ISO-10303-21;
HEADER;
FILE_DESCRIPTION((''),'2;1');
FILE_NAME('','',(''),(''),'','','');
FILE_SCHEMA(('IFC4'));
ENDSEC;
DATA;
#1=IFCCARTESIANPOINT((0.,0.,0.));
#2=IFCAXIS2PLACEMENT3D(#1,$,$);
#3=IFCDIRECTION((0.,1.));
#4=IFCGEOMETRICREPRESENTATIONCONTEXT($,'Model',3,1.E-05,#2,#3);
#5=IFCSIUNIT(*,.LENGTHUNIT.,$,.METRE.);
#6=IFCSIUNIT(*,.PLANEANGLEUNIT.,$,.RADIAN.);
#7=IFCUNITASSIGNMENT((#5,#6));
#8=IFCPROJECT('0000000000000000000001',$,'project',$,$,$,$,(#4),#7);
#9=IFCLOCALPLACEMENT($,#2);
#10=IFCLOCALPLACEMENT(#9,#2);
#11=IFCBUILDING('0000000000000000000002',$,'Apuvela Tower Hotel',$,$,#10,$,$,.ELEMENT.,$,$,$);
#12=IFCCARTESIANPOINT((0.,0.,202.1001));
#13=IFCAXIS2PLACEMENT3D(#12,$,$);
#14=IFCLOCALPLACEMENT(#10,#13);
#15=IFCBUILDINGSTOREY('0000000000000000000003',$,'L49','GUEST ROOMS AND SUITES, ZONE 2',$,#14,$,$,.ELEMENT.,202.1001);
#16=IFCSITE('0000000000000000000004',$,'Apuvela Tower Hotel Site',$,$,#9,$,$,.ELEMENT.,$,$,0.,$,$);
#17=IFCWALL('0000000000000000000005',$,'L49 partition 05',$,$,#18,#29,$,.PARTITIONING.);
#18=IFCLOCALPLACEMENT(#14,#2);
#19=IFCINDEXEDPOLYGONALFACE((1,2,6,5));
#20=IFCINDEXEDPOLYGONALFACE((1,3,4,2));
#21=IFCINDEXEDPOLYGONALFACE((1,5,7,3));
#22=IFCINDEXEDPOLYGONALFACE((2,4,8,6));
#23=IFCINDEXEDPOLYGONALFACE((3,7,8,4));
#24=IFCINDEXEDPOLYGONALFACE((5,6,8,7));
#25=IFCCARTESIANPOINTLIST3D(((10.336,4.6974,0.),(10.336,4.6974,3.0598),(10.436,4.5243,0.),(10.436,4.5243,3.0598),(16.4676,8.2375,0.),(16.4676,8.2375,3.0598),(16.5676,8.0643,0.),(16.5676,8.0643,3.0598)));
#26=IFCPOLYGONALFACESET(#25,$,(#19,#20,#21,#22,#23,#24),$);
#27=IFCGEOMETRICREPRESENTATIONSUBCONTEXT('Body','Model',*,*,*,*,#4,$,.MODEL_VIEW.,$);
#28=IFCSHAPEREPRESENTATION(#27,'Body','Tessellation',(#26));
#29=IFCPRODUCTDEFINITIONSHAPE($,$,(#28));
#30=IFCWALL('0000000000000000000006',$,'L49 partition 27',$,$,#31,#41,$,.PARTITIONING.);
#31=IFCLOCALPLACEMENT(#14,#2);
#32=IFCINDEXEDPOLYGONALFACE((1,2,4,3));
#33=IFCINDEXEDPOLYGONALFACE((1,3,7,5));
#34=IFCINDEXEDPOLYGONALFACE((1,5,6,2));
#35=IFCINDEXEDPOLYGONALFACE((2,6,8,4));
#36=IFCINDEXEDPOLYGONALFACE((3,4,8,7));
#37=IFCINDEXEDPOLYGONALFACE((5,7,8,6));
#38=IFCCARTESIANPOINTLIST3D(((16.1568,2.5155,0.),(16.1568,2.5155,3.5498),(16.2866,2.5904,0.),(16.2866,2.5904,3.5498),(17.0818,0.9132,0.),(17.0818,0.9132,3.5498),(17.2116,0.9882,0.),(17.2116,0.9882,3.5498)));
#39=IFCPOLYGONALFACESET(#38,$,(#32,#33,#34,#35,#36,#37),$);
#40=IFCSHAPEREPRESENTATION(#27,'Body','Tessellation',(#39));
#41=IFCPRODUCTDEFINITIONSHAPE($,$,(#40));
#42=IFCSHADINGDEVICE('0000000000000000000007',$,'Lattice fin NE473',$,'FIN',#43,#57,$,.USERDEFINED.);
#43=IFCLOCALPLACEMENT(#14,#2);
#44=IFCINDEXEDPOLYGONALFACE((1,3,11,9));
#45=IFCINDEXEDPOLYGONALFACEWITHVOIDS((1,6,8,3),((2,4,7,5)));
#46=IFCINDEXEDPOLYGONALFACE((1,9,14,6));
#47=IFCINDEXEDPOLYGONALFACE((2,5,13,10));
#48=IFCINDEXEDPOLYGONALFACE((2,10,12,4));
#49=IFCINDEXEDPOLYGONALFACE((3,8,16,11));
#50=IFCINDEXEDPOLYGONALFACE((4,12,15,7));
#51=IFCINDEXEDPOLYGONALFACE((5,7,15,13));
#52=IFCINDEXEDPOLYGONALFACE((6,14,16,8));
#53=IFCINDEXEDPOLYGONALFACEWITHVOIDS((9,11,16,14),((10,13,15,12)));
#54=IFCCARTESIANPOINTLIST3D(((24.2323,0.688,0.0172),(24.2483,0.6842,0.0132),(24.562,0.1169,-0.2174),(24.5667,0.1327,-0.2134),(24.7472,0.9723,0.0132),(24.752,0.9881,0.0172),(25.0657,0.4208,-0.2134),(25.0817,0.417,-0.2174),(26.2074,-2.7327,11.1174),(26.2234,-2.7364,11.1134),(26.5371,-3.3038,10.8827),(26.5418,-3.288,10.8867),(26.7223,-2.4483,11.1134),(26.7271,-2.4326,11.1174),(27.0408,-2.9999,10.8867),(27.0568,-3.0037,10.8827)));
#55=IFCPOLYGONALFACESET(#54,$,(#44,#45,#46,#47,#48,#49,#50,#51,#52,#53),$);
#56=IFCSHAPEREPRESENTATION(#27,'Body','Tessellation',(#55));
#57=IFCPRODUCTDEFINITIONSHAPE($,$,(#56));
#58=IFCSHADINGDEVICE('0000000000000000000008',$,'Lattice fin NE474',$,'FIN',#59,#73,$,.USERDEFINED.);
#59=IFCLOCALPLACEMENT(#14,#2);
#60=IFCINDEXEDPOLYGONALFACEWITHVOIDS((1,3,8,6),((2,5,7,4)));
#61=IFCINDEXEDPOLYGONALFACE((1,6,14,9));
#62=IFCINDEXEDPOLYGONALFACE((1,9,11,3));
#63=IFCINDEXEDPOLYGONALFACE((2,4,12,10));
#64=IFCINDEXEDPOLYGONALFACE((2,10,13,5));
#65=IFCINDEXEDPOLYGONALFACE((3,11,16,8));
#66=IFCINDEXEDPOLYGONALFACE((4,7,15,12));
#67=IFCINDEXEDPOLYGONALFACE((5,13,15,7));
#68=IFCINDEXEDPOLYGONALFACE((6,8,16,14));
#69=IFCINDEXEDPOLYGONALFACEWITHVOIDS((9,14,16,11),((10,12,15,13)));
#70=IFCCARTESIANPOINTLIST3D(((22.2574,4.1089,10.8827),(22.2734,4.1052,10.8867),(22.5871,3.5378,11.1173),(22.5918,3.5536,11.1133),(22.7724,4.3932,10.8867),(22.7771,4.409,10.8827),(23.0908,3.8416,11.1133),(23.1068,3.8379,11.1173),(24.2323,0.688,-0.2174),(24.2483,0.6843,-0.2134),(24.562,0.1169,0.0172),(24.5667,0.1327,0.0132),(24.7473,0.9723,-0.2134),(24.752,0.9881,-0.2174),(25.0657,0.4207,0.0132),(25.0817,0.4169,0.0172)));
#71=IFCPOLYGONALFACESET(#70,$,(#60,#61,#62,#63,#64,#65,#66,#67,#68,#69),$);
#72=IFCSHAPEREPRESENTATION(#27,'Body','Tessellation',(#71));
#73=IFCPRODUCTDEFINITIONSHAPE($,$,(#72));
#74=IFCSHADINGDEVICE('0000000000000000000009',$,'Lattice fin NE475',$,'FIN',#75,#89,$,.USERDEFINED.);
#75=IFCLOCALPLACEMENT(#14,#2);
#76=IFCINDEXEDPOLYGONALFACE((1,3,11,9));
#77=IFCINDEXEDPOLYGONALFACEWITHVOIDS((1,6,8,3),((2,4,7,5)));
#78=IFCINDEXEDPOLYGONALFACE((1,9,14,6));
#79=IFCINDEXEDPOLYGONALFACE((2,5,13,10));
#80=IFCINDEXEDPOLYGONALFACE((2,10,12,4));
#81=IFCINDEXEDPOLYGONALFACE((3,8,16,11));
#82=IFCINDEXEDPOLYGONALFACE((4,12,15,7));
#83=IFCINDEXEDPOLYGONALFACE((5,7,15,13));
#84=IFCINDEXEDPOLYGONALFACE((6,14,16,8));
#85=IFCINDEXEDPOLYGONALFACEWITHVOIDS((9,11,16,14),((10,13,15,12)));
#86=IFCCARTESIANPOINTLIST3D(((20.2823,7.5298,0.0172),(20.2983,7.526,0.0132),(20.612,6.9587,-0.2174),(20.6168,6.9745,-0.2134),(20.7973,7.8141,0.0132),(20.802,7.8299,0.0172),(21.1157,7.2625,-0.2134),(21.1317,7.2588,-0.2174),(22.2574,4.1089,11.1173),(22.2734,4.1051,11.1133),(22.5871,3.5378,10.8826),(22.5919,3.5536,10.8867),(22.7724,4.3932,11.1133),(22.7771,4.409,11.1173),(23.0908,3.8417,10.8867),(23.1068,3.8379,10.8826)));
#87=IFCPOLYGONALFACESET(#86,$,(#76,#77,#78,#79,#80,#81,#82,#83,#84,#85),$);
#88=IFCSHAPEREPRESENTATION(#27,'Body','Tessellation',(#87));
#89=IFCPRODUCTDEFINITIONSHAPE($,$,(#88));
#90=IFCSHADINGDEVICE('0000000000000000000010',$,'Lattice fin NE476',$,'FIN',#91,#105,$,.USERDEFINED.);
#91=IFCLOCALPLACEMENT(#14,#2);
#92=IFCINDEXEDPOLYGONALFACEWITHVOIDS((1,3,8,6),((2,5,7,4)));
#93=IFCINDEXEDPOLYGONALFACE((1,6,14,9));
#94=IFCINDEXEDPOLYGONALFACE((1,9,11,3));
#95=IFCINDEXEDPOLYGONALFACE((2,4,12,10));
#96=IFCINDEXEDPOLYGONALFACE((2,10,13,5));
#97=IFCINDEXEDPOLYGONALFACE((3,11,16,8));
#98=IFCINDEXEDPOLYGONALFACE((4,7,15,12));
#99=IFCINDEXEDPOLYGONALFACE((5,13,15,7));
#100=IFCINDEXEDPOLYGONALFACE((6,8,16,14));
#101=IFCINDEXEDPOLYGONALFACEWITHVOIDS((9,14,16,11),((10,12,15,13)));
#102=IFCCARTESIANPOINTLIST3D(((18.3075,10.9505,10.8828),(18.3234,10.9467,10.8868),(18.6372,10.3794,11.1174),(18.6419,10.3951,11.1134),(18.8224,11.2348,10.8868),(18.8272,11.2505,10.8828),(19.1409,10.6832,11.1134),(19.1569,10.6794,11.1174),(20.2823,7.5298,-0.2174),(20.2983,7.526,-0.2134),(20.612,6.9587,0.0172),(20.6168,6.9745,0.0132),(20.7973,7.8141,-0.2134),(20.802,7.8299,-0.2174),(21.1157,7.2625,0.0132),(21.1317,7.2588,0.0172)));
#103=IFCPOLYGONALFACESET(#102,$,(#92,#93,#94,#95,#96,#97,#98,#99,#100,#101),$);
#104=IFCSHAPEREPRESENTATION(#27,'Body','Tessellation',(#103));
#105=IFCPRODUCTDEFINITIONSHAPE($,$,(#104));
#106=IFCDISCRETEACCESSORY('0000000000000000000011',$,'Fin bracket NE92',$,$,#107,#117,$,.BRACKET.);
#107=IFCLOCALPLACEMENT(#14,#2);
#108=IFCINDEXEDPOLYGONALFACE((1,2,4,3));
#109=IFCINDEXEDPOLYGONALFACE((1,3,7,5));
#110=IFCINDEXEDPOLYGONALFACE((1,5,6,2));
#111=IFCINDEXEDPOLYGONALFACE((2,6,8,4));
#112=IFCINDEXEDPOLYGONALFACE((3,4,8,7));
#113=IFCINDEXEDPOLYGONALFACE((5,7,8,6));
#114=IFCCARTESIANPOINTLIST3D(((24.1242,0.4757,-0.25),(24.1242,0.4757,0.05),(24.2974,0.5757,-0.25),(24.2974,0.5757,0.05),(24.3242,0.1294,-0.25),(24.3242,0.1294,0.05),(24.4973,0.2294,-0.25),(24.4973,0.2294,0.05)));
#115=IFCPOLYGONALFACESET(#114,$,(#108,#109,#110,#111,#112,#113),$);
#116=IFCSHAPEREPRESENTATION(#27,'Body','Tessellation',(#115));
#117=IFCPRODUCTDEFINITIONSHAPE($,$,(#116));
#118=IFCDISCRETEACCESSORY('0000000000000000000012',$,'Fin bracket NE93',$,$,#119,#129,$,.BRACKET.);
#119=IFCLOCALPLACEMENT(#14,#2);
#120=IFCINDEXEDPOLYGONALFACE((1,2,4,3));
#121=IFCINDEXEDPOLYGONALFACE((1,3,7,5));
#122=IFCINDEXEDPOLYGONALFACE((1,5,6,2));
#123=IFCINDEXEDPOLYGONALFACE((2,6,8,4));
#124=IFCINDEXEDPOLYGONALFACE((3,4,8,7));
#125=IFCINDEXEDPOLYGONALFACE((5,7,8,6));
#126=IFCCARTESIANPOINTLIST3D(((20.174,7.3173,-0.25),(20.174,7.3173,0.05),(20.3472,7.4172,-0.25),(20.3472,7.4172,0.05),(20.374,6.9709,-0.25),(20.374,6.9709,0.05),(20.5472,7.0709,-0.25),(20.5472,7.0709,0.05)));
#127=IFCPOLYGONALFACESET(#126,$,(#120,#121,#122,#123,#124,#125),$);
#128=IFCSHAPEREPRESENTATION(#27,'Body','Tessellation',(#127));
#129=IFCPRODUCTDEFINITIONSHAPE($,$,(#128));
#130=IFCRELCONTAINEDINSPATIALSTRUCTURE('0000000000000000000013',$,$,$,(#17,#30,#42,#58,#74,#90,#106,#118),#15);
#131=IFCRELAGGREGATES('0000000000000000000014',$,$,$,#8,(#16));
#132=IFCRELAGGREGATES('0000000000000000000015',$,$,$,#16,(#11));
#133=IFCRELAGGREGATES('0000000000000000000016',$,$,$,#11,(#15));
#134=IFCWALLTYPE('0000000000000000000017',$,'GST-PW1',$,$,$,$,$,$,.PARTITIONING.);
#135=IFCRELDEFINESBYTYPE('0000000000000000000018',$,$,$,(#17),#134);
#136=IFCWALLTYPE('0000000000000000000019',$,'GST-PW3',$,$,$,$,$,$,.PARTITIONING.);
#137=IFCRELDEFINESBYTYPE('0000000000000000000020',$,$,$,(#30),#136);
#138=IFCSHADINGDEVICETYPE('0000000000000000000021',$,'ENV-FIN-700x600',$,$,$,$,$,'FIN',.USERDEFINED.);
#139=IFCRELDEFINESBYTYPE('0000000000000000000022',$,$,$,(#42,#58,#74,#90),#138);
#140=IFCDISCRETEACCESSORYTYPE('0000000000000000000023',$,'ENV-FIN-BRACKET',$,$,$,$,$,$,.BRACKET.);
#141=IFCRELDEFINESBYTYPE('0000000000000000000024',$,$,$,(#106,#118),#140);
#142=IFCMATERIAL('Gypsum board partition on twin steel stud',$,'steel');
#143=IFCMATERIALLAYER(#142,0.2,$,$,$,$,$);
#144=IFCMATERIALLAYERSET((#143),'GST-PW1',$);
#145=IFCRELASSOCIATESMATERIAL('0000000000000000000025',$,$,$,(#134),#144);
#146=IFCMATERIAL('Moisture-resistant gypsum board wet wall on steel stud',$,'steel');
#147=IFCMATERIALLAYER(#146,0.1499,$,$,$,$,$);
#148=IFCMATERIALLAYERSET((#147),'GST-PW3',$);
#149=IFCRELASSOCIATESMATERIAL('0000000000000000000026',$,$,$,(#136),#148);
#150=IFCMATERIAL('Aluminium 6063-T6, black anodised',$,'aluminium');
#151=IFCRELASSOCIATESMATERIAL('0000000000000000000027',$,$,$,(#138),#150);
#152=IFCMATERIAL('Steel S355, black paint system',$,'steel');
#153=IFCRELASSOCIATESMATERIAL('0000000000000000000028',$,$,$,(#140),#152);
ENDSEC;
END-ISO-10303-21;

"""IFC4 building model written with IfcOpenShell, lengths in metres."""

from ifc_helpers import new_model, si_unit, direction, frame, frame_2d, origin, origin_2d, place, context, subcontext, project, spatial, rectangle, hollow_rectangle, extrude, material, layer, layer_set, material_profile, profile_set, type_object, element, save


model = new_model("IFC4")

# Units and contexts
model_context = context("Model", 3, precision=1e-05, world=origin(), true_north=direction((0.0, 1.0)))
body_context = subcontext(model_context, "Body", "Model", "MODEL_VIEW")
ifc_project = project(units=[si_unit("LENGTHUNIT", "METRE"), si_unit("PLANEANGLEUNIT", "RADIAN")], contexts=[model_context])

# Site, building, storey
site_placement = place(None, origin())
site = spatial("IfcSite", under=ifc_project, at=site_placement, Name="Apuvela Tower Hotel Site", CompositionType="ELEMENT", RefElevation=0.0)
building_placement = place(site_placement, origin())
building = spatial("IfcBuilding", under=site, at=building_placement, Name="Apuvela Tower Hotel", CompositionType="ELEMENT")
storey_placement = place(building_placement, frame((0.0, 0.0, 202.1001)))
storey = spatial("IfcBuildingStorey", under=building, at=storey_placement, Name="L49", Description="GUEST ROOMS AND SUITES, ZONE 2", CompositionType="ELEMENT", Elevation=202.1001)

# Walls
ifc_material_1 = material(Name="Gypsum board partition on twin steel stud", Category="steel")
ifc_layer_1 = layer(ifc_material_1, 0.2)
ifc_layer_set_1 = layer_set([ifc_layer_1], Name="GST-PW1")
wall_type_1 = type_object("IfcWallType", Name="GST-PW1", PredefinedType="PARTITIONING", material=ifc_layer_set_1)
wall_1_placement = place(storey_placement, frame((16.5176, 8.1509, 0.0), z_axis=(0.0, 0.0, 1.0), x_axis=(-0.866028, -0.499996, 0.0)))
element("IfcWall", 1, at=wall_1_placement, inside=storey, type_object=wall_type_1, Name="L49 partition 05", PredefinedType="PARTITIONING", context=body_context, shape_type="SweptSolid", body=[
    extrude(rectangle(XDim=7.0801, YDim=0.2, at=frame_2d((3.54, 0.0))), origin(), (0.0, 0.0, 1.0), 3.0598),
])
ifc_material_2 = material(Name="Moisture-resistant gypsum board wet wall on steel stud", Category="steel")
ifc_layer_2 = layer(ifc_material_2, 0.1499)
ifc_layer_set_2 = layer_set([ifc_layer_2], Name="GST-PW3")
wall_type_2 = type_object("IfcWallType", Name="GST-PW3", PredefinedType="PARTITIONING", material=ifc_layer_set_2)
wall_2_placement = place(storey_placement, frame((17.1467, 0.9507, 0.0), z_axis=(0.0, 0.0, 1.0), x_axis=(-0.499985, 0.866034, 0.0)))
element("IfcWall", 2, at=wall_2_placement, inside=storey, type_object=wall_type_2, Name="L49 partition 27", PredefinedType="PARTITIONING", context=body_context, shape_type="SweptSolid", body=[
    extrude(rectangle(XDim=1.8501, YDim=0.1499, at=frame_2d((0.925, 0.0))), origin(), (0.0, 0.0, 1.0), 3.5498),
])

# Shading devices
ifc_material_3 = material(Name="Aluminium 6063-T6, black anodised", Category="aluminium")
ifc_material_profile_1 = material_profile(ifc_material_3, hollow_rectangle(XDim=0.6001, YDim=0.7, WallThickness=0.012, at=origin_2d()), Name="AL BOX 700x600x12")
ifc_profile_set_1 = profile_set([ifc_material_profile_1], Name="Aluminium 6063-T6, black anodised")
shading_device_type = type_object("IfcShadingDeviceType", Name="ENV-FIN-700x600", ElementType="FIN", PredefinedType="USERDEFINED", material=ifc_profile_set_1)
for number, where, z_axis, x_axis, name in (
    (3, (24.657, 0.5525, -0.1001), (0.167638, -0.29033, 0.942128), (0.866005, 0.500035, 0.0), "Lattice fin NE473"),
    (4, (24.657, 0.5525, -0.1001), (-0.167617, 0.29035, 0.942126), (-0.866048, -0.499961, 0.0), "Lattice fin NE474"),
    (5, (20.707, 7.3943, -0.1001), (0.167637, -0.290349, 0.942123), (0.866021, 0.500008, 0.0), "Lattice fin NE475"),
    (6, (20.707, 7.3943, -0.1001), (-0.167618, 0.290331, 0.942132), (-0.866032, -0.499988, 0.0), "Lattice fin NE476"),
):
    element("IfcShadingDevice", number, at=place(storey_placement, frame(where, z_axis=z_axis, x_axis=x_axis)), inside=storey, type_object=shading_device_type, Name=name, ObjectType="FIN", PredefinedType="USERDEFINED", context=body_context, shape_type="SweptSolid", body=[
        extrude(hollow_rectangle(XDim=0.6001, YDim=0.7, WallThickness=0.012, at=origin_2d()), origin(), (0.0, 0.0, 1.0), 11.782),
    ])

# Discrete accessories
ifc_material_4 = material(Name="Steel S355, black paint system", Category="steel")
discrete_accessory_type = type_object("IfcDiscreteAccessoryType", Name="ENV-FIN-BRACKET", PredefinedType="BRACKET", material=ifc_material_4)
for number, where, z_axis, x_axis, name in (
    (7, (24.3108, 0.3525, -0.25), (0.0, 0.0, 1.0), (-0.5, 0.866025, 0.0), "Fin bracket NE92"),
    (8, (20.3606, 7.1941, -0.25), (0.0, 0.0, 1.0), (-0.5, 0.866025, 0.0), "Fin bracket NE93"),
):
    element("IfcDiscreteAccessory", number, at=place(storey_placement, frame(where, z_axis=z_axis, x_axis=x_axis)), inside=storey, type_object=discrete_accessory_type, Name=name, PredefinedType="BRACKET", context=body_context, shape_type="SweptSolid", body=[
        extrude(rectangle(XDim=0.3999, YDim=0.2, at=origin_2d()), origin(), (0.0, 0.0, 1.0), 0.3),
    ])

save(model, "model.ifc")
